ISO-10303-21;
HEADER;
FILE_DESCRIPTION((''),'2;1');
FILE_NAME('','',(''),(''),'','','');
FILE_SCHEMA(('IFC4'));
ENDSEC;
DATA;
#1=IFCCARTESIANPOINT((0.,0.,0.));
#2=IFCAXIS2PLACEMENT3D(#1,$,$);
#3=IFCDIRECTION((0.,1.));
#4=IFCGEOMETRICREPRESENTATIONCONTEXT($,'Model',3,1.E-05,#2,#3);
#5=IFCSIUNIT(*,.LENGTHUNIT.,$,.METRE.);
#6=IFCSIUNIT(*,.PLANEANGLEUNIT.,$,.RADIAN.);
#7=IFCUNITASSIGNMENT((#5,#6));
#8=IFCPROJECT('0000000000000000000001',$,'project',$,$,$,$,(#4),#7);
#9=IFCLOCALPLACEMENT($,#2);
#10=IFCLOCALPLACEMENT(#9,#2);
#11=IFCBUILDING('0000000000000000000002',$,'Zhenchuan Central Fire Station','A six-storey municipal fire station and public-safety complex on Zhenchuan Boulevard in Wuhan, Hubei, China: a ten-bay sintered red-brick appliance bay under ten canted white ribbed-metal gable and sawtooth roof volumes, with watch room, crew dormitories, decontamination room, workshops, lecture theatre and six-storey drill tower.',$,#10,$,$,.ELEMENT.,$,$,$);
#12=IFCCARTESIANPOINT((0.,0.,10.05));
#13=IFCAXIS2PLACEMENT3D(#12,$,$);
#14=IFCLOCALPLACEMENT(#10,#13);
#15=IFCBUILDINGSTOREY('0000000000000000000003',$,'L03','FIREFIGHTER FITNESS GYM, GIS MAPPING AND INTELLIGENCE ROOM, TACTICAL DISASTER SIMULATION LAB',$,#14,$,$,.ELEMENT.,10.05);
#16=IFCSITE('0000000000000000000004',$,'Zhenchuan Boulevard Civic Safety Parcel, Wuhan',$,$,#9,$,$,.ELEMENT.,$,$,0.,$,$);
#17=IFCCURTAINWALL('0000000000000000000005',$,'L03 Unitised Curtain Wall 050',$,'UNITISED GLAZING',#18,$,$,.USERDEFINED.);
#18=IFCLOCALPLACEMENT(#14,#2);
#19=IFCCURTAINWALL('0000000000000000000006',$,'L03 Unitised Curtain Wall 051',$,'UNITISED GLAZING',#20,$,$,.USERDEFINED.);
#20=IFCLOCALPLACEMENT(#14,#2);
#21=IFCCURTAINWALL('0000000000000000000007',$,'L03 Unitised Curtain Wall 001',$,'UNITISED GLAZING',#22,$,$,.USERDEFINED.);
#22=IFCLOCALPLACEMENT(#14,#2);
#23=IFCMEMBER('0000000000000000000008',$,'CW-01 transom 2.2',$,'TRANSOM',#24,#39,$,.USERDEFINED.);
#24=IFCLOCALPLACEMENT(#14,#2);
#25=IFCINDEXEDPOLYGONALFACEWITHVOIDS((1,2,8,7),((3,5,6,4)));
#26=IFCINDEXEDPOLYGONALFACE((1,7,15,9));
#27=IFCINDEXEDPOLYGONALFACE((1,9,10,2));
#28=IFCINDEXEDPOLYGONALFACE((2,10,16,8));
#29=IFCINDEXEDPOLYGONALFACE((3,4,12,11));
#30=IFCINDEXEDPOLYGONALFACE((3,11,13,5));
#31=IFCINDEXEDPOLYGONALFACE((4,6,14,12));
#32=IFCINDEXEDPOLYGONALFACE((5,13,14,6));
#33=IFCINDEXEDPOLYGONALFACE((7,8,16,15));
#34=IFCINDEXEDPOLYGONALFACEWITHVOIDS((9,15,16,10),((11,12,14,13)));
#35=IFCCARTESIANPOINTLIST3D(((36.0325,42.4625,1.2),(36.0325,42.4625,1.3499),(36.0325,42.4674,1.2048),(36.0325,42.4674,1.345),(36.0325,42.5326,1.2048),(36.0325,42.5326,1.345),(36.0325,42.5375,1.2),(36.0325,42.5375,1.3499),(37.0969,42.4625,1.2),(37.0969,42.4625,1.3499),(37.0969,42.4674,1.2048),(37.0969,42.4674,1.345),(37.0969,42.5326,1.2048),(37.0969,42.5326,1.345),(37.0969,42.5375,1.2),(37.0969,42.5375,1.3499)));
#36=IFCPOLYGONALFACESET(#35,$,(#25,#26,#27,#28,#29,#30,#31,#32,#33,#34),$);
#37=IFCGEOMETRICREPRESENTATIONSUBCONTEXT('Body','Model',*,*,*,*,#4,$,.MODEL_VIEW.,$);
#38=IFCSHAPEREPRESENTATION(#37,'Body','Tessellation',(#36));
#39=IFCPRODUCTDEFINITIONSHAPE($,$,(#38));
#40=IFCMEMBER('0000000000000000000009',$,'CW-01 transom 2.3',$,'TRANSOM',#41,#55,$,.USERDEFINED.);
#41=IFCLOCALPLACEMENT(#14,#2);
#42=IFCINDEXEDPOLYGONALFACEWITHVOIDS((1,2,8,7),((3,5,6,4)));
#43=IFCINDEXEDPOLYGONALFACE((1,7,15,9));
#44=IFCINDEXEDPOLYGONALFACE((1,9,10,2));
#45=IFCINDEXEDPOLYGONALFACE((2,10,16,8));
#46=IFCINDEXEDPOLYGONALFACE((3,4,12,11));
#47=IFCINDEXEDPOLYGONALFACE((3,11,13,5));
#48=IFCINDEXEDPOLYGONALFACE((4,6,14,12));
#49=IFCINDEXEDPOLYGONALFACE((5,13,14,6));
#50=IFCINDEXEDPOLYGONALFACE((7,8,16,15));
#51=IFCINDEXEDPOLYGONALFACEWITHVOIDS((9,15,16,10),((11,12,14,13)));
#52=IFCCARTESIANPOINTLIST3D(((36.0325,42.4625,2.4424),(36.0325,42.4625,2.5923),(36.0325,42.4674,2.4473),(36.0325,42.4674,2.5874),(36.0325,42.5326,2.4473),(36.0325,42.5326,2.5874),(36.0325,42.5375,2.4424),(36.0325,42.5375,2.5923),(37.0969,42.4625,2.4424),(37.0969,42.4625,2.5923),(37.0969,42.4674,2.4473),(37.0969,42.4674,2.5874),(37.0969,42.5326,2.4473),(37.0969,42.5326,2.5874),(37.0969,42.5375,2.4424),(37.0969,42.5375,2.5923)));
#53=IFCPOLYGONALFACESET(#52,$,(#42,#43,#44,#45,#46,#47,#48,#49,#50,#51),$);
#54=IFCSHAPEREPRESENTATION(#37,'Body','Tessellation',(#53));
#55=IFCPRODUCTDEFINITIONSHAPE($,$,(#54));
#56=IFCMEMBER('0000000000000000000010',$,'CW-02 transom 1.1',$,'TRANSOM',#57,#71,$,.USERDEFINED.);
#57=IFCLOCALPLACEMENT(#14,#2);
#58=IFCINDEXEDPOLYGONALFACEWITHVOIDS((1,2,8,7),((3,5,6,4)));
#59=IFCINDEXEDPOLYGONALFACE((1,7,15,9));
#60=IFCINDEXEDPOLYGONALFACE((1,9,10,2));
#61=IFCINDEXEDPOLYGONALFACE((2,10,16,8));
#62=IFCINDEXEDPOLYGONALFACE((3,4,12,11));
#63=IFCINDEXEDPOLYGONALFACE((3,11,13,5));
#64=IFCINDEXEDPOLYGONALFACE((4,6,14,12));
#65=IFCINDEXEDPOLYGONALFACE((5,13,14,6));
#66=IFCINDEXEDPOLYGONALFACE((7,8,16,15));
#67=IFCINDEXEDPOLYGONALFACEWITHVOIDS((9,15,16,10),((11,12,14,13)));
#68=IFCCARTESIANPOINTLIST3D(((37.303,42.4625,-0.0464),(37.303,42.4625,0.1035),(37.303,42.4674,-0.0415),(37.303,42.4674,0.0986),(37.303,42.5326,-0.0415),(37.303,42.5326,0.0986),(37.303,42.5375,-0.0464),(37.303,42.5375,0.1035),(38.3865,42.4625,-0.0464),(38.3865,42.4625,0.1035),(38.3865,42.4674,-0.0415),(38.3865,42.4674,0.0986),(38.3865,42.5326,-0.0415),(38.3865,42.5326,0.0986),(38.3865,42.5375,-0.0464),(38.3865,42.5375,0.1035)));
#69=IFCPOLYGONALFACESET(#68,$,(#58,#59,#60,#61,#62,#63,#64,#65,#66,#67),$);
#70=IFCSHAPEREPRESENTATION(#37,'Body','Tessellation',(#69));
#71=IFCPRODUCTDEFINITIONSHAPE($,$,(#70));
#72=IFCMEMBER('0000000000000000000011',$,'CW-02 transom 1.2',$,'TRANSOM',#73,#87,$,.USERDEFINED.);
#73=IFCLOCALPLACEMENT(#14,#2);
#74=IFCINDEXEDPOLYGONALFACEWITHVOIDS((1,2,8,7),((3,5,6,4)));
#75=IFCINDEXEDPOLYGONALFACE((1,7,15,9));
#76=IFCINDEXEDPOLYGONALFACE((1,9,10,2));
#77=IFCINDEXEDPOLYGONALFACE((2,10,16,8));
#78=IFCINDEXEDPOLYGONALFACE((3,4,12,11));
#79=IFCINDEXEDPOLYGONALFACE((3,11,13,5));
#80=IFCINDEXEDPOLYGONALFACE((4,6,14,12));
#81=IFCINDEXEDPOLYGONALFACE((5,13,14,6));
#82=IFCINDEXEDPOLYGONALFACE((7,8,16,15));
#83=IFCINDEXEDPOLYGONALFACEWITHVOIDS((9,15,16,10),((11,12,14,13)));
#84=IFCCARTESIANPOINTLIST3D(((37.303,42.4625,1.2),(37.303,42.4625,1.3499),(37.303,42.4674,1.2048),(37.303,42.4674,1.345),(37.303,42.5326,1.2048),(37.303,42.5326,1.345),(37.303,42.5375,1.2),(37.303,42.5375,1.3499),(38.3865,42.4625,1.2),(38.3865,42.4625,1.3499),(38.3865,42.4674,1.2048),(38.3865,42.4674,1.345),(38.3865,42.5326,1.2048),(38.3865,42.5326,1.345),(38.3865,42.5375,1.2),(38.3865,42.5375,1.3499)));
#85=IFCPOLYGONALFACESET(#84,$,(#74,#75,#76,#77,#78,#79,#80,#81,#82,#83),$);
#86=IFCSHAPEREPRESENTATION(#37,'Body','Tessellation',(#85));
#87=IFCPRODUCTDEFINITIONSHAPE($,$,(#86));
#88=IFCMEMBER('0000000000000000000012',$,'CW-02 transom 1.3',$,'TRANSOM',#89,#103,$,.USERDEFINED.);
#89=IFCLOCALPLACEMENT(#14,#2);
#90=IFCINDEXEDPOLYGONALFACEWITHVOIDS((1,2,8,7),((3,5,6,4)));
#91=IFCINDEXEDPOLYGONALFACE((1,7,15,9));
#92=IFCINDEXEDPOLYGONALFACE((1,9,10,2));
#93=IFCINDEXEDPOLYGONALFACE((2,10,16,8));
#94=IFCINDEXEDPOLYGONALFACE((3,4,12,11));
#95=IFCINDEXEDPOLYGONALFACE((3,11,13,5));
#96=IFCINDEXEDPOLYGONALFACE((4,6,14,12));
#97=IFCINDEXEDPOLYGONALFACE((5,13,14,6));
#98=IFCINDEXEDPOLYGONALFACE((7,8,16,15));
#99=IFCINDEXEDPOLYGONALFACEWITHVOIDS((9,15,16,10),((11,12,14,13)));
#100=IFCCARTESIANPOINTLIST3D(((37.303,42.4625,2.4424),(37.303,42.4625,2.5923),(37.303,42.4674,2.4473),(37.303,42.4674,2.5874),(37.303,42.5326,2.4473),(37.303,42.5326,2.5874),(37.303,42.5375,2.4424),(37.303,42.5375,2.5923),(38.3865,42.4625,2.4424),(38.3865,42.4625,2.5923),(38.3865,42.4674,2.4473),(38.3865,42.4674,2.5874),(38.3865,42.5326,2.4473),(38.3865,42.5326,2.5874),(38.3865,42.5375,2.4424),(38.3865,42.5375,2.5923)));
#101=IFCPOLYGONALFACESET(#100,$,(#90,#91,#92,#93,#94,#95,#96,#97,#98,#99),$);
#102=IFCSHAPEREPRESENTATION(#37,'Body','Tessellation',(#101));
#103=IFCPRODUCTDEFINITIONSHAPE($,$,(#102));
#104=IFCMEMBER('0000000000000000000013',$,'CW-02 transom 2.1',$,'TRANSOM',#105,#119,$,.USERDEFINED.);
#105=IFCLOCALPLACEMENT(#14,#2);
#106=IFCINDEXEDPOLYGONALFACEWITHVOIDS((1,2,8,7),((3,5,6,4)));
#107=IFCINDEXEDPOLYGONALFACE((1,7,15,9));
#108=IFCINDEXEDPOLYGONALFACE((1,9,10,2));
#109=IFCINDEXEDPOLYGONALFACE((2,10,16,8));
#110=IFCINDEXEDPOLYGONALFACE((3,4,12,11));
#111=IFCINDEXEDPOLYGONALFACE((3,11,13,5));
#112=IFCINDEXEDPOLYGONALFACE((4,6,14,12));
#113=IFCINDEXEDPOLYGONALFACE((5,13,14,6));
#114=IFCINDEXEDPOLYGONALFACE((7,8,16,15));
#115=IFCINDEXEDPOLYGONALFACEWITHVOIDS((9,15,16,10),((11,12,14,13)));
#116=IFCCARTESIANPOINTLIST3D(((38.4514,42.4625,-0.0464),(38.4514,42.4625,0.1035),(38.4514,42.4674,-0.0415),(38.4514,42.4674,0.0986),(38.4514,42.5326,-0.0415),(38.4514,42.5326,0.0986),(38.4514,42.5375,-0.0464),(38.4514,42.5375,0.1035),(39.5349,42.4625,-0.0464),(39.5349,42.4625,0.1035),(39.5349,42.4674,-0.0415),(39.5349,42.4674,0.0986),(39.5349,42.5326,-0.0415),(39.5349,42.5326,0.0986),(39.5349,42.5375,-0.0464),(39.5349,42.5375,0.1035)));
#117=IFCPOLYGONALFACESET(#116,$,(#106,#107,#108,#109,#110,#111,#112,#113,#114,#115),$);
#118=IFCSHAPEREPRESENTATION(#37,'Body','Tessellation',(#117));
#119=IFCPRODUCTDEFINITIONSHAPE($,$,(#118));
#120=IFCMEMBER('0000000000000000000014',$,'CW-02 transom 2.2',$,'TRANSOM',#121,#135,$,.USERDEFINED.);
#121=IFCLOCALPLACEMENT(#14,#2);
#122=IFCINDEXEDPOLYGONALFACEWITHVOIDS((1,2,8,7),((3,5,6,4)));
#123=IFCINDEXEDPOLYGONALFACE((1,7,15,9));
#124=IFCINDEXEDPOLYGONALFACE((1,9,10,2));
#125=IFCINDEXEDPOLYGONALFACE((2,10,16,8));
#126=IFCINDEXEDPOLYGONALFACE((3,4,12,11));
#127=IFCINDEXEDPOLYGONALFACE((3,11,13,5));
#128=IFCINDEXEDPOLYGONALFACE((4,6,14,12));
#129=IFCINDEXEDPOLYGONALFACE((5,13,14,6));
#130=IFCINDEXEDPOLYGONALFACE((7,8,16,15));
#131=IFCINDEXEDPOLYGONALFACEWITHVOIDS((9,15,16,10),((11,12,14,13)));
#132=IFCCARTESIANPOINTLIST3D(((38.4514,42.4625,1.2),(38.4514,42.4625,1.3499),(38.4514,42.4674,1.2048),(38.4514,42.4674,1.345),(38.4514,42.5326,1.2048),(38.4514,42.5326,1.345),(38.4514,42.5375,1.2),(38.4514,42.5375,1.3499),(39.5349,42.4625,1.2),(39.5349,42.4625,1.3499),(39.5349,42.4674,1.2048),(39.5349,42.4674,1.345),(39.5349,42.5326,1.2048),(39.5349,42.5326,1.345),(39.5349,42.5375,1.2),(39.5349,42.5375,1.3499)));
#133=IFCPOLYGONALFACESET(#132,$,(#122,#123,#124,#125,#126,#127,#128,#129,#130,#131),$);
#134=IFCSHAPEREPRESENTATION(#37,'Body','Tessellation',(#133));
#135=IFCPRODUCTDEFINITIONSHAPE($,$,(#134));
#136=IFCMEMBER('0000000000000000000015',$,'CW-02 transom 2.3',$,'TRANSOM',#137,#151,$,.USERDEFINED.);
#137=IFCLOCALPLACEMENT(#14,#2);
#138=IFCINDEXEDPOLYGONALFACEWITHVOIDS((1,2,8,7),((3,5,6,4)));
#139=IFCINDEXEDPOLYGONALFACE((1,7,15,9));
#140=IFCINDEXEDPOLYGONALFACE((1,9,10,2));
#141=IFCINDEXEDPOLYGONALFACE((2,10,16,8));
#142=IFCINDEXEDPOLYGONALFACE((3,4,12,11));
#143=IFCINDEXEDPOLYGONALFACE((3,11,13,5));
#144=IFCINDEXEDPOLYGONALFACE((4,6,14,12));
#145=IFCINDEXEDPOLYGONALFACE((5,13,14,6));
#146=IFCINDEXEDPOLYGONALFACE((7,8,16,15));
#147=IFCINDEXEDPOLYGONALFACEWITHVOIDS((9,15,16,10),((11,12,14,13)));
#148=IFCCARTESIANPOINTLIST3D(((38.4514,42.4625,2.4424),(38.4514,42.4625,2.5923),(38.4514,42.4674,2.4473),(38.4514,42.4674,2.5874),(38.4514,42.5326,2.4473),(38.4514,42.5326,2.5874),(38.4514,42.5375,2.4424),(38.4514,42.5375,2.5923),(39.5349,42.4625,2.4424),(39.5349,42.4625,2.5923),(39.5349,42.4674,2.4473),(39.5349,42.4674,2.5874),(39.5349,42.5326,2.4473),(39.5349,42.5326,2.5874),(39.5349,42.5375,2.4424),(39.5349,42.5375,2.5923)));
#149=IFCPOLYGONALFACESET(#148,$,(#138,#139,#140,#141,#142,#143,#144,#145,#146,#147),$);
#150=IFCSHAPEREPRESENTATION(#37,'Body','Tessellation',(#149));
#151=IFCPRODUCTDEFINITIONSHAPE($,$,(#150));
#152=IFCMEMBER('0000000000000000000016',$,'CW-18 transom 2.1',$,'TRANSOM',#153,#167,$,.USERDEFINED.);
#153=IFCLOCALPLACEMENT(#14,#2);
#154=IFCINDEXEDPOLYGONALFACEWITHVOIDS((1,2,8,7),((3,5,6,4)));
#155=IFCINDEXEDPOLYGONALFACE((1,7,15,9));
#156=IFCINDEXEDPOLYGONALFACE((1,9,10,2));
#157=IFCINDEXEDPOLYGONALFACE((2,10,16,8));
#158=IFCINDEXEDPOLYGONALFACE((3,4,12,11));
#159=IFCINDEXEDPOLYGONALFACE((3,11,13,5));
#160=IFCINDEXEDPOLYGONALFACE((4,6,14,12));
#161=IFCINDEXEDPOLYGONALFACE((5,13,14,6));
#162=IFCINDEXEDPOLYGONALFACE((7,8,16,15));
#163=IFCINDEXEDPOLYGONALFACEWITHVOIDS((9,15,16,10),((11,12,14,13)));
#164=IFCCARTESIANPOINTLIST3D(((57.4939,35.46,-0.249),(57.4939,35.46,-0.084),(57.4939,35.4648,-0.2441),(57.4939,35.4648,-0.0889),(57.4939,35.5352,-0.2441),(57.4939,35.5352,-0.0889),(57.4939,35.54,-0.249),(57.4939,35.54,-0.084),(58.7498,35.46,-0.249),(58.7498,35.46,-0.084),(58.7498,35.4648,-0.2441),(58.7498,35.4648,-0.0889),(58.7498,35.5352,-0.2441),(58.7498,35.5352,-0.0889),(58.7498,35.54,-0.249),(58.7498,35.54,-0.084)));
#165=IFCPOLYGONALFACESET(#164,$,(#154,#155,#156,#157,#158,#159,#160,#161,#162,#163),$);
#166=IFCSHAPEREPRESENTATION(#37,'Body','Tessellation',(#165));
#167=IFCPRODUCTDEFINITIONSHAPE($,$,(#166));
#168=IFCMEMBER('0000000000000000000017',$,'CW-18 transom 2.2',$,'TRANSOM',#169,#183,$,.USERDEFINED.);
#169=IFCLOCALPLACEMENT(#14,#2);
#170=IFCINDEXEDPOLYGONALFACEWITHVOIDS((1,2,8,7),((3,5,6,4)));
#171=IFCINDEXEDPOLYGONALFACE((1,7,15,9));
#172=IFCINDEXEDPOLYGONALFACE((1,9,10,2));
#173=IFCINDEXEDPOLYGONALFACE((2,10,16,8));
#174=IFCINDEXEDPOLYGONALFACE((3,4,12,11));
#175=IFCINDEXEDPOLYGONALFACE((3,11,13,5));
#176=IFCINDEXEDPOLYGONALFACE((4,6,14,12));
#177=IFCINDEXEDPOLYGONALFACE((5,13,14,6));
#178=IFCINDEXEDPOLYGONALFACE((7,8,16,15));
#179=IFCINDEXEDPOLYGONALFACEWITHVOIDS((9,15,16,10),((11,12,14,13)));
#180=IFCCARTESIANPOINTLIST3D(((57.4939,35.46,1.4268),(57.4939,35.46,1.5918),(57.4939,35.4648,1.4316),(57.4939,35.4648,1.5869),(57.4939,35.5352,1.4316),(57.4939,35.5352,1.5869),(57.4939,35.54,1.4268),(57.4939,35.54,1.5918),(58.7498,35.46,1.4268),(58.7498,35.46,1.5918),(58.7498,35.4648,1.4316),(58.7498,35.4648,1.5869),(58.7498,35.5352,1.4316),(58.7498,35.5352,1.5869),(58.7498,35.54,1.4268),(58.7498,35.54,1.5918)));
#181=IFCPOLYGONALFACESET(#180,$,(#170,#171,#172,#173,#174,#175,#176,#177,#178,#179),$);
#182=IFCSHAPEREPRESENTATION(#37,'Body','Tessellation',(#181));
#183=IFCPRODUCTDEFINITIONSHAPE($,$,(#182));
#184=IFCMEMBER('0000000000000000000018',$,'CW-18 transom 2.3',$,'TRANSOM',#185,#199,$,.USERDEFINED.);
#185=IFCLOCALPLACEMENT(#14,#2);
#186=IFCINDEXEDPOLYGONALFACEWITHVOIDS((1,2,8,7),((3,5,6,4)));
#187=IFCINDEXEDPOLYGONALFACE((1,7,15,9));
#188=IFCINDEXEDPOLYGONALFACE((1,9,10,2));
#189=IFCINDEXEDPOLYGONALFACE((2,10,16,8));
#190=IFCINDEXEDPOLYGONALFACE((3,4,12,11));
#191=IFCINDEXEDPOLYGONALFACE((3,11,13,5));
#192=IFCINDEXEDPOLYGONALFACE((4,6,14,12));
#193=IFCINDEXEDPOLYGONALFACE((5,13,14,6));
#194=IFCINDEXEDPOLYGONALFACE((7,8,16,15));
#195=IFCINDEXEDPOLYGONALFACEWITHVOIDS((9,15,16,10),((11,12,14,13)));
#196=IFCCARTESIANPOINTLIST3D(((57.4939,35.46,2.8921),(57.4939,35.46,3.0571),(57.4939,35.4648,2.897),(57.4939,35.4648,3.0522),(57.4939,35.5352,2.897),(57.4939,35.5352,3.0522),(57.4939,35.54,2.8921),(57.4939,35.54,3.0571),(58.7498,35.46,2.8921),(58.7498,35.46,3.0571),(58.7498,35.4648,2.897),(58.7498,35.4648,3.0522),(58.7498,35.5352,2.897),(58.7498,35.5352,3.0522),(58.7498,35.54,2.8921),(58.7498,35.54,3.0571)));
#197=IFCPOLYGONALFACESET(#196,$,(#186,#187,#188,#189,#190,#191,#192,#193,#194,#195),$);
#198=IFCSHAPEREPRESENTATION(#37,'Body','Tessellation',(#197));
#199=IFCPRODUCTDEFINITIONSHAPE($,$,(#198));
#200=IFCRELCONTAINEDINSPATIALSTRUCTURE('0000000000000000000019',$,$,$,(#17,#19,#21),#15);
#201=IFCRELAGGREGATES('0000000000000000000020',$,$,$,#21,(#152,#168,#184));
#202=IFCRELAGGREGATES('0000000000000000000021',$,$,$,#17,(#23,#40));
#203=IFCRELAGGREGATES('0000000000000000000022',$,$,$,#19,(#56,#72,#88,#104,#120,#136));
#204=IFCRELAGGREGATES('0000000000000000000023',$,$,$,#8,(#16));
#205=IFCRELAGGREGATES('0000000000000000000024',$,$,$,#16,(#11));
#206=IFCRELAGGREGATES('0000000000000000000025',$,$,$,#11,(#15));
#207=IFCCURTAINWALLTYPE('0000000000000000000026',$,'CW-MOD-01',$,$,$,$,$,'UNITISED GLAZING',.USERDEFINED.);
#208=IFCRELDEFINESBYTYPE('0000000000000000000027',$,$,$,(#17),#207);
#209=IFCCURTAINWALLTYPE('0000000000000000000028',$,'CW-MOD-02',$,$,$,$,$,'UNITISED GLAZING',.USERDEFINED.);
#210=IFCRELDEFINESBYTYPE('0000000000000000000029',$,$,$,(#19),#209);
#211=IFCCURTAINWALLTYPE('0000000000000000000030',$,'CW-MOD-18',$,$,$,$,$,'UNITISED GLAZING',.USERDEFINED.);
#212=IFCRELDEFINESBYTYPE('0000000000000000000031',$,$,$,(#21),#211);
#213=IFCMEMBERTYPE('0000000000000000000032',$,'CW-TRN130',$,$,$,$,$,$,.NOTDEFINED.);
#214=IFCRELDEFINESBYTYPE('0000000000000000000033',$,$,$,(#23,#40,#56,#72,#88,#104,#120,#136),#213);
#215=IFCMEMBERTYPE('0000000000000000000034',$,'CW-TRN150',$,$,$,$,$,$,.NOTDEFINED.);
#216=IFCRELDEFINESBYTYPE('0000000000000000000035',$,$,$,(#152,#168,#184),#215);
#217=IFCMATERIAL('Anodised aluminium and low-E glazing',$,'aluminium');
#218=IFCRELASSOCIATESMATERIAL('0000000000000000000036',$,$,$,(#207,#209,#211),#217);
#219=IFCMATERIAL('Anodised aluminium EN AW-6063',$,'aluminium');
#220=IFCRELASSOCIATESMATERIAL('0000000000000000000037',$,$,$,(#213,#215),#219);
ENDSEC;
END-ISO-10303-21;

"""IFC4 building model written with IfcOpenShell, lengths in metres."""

from ifc_helpers import new_model, si_unit, direction, frame, origin, origin_2d, place, context, subcontext, project, spatial, hollow_rectangle, extrude, material, material_profile, profile_set, type_object, element, aggregate, save


model = new_model("IFC4")

# Units and contexts
model_context = context("Model", 3, precision=1e-05, world=origin(), true_north=direction((0.0, 1.0)))
body_context = subcontext(model_context, "Body", "Model", "MODEL_VIEW")
ifc_project = project(units=[si_unit("LENGTHUNIT", "METRE"), si_unit("PLANEANGLEUNIT", "RADIAN")], contexts=[model_context])

# Site, building, storey
site_placement = place(None, origin())
site = spatial("IfcSite", under=ifc_project, at=site_placement, Name="Zhenchuan Boulevard Civic Safety Parcel, Wuhan", CompositionType="ELEMENT", RefElevation=0.0)
building_placement = place(site_placement, origin())
building = spatial("IfcBuilding", under=site, at=building_placement, Name="Zhenchuan Central Fire Station", Description="A six-storey municipal fire station and public-safety complex on Zhenchuan Boulevard in Wuhan, Hubei, China: a ten-bay sintered red-brick appliance bay under ten canted white ribbed-metal gable and sawtooth roof volumes, with watch room, crew dormitories, decontamination room, workshops, lecture theatre and six-storey drill tower.", CompositionType="ELEMENT")
storey_placement = place(building_placement, frame((0.0, 0.0, 10.05)))
storey = spatial("IfcBuildingStorey", under=building, at=storey_placement, Name="L03", Description="FIREFIGHTER FITNESS GYM, GIS MAPPING AND INTELLIGENCE ROOM, TACTICAL DISASTER SIMULATION LAB", CompositionType="ELEMENT", Elevation=10.05)

# Curtain walls
ifc_material_1 = material(Name="Anodised aluminium and low-E glazing", Category="aluminium")
curtain_wall_type_1 = type_object("IfcCurtainWallType", Name="CW-MOD-01", ElementType="UNITISED GLAZING", PredefinedType="USERDEFINED", material=ifc_material_1)
curtain_wall_1_placement = place(storey_placement, origin())
curtain_wall_1 = element("IfcCurtainWall", 1, at=curtain_wall_1_placement, inside=storey, type_object=curtain_wall_type_1, Name="L03 Unitised Curtain Wall 050", ObjectType="UNITISED GLAZING", PredefinedType="USERDEFINED")
ifc_material_2 = material(Name="Anodised aluminium EN AW-6063", Category="aluminium")
curtain_wall_type_2 = type_object("IfcCurtainWallType", Name="CW-MOD-02", ElementType="UNITISED GLAZING", PredefinedType="USERDEFINED", material=ifc_material_1)
curtain_wall_2_placement = place(storey_placement, origin())
curtain_wall_2 = element("IfcCurtainWall", 2, at=curtain_wall_2_placement, inside=storey, type_object=curtain_wall_type_2, Name="L03 Unitised Curtain Wall 051", ObjectType="UNITISED GLAZING", PredefinedType="USERDEFINED")

# Curtain wall
curtain_wall_type_3 = type_object("IfcCurtainWallType", Name="CW-MOD-18", ElementType="UNITISED GLAZING", PredefinedType="USERDEFINED", material=ifc_material_1)
curtain_wall_3_placement = place(storey_placement, origin())
curtain_wall_3 = element("IfcCurtainWall", 3, at=curtain_wall_3_placement, inside=storey, type_object=curtain_wall_type_3, Name="L03 Unitised Curtain Wall 001", ObjectType="UNITISED GLAZING", PredefinedType="USERDEFINED")

# Members
ifc_material_profile_1 = material_profile(ifc_material_2, hollow_rectangle(XDim=0.075, YDim=0.1499, WallThickness=0.0049, at=origin_2d()), Name="ALU-T 150x75")
ifc_profile_set_1 = profile_set([ifc_material_profile_1], Name="Anodised aluminium EN AW-6063")
member_type_1 = type_object("IfcMemberType", Name="CW-TRN130", PredefinedType="NOTDEFINED", material=ifc_profile_set_1)
member_1_placement = place(storey_placement, frame((36.0325, 42.5, 1.2749), z_axis=(1.0, 0.0, 0.0), x_axis=(0.0, 1.0, 0.0)))
member_1 = element("IfcMember", 4, at=member_1_placement, type_object=member_type_1, Name="CW-01 transom 2.2", ObjectType="TRANSOM", PredefinedType="USERDEFINED", context=body_context, shape_type="SweptSolid", body=[
    extrude(hollow_rectangle(XDim=0.075, YDim=0.1499, WallThickness=0.0049, at=origin_2d()), origin(), (0.0, 0.0, 1.0), 1.0645),
])
member_2_placement = place(storey_placement, frame((36.0325, 42.5, 2.5173), z_axis=(1.0, 0.0, 0.0), x_axis=(0.0, 1.0, 0.0)))
member_2 = element("IfcMember", 5, at=member_2_placement, type_object=member_type_1, Name="CW-01 transom 2.3", ObjectType="TRANSOM", PredefinedType="USERDEFINED", context=body_context, shape_type="SweptSolid", body=[
    extrude(hollow_rectangle(XDim=0.075, YDim=0.1499, WallThickness=0.0049, at=origin_2d()), origin(), (0.0, 0.0, 1.0), 1.0645),
])
member_3_placement = place(storey_placement, frame((37.303, 42.5, 0.0286), z_axis=(1.0, 0.0, 0.0), x_axis=(0.0, 1.0, 0.0)))
member_3 = element("IfcMember", 6, at=member_3_placement, type_object=member_type_1, Name="CW-02 transom 1.1", ObjectType="TRANSOM", PredefinedType="USERDEFINED", context=body_context, shape_type="SweptSolid", body=[
    extrude(hollow_rectangle(XDim=0.075, YDim=0.1499, WallThickness=0.0049, at=origin_2d()), origin(), (0.0, 0.0, 1.0), 1.0835),
])
member_4_placement = place(storey_placement, frame((37.303, 42.5, 1.2749), z_axis=(1.0, 0.0, 0.0), x_axis=(0.0, 1.0, 0.0)))
member_4 = element("IfcMember", 7, at=member_4_placement, type_object=member_type_1, Name="CW-02 transom 1.2", ObjectType="TRANSOM", PredefinedType="USERDEFINED", context=body_context, shape_type="SweptSolid", body=[
    extrude(hollow_rectangle(XDim=0.075, YDim=0.1499, WallThickness=0.0049, at=origin_2d()), origin(), (0.0, 0.0, 1.0), 1.0835),
])
member_5_placement = place(storey_placement, frame((37.303, 42.5, 2.5173), z_axis=(1.0, 0.0, 0.0), x_axis=(0.0, 1.0, 0.0)))
member_5 = element("IfcMember", 8, at=member_5_placement, type_object=member_type_1, Name="CW-02 transom 1.3", ObjectType="TRANSOM", PredefinedType="USERDEFINED", context=body_context, shape_type="SweptSolid", body=[
    extrude(hollow_rectangle(XDim=0.075, YDim=0.1499, WallThickness=0.0049, at=origin_2d()), origin(), (0.0, 0.0, 1.0), 1.0835),
])
member_6_placement = place(storey_placement, frame((38.4514, 42.5, 0.0286), z_axis=(1.0, 0.0, 0.0), x_axis=(0.0, 1.0, 0.0)))
member_6 = element("IfcMember", 9, at=member_6_placement, type_object=member_type_1, Name="CW-02 transom 2.1", ObjectType="TRANSOM", PredefinedType="USERDEFINED", context=body_context, shape_type="SweptSolid", body=[
    extrude(hollow_rectangle(XDim=0.075, YDim=0.1499, WallThickness=0.0049, at=origin_2d()), origin(), (0.0, 0.0, 1.0), 1.0835),
])
member_7_placement = place(storey_placement, frame((38.4514, 42.5, 1.2749), z_axis=(1.0, 0.0, 0.0), x_axis=(0.0, 1.0, 0.0)))
member_7 = element("IfcMember", 10, at=member_7_placement, type_object=member_type_1, Name="CW-02 transom 2.2", ObjectType="TRANSOM", PredefinedType="USERDEFINED", context=body_context, shape_type="SweptSolid", body=[
    extrude(hollow_rectangle(XDim=0.075, YDim=0.1499, WallThickness=0.0049, at=origin_2d()), origin(), (0.0, 0.0, 1.0), 1.0835),
])
member_8_placement = place(storey_placement, frame((38.4514, 42.5, 2.5173), z_axis=(1.0, 0.0, 0.0), x_axis=(0.0, 1.0, 0.0)))
member_8 = element("IfcMember", 11, at=member_8_placement, type_object=member_type_1, Name="CW-02 transom 2.3", ObjectType="TRANSOM", PredefinedType="USERDEFINED", context=body_context, shape_type="SweptSolid", body=[
    extrude(hollow_rectangle(XDim=0.075, YDim=0.1499, WallThickness=0.0049, at=origin_2d()), origin(), (0.0, 0.0, 1.0), 1.0835),
])
ifc_material_profile_2 = material_profile(ifc_material_2, hollow_rectangle(XDim=0.0801, YDim=0.165, WallThickness=0.0049, at=origin_2d()), Name="ALU-T 165x80")
ifc_profile_set_2 = profile_set([ifc_material_profile_2], Name="Anodised aluminium EN AW-6063")
member_type_2 = type_object("IfcMemberType", Name="CW-TRN150", PredefinedType="NOTDEFINED", material=ifc_profile_set_2)
member_9_placement = place(storey_placement, frame((57.4939, 35.5, -0.1665), z_axis=(1.0, 0.0, 0.0), x_axis=(0.0, 1.0, 0.0)))
member_9 = element("IfcMember", 12, at=member_9_placement, type_object=member_type_2, Name="CW-18 transom 2.1", ObjectType="TRANSOM", PredefinedType="USERDEFINED", context=body_context, shape_type="SweptSolid", body=[
    extrude(hollow_rectangle(XDim=0.0801, YDim=0.165, WallThickness=0.0049, at=origin_2d()), origin(), (0.0, 0.0, 1.0), 1.2559),
])
member_10_placement = place(storey_placement, frame((57.4939, 35.5, 1.5093), z_axis=(1.0, 0.0, 0.0), x_axis=(0.0, 1.0, 0.0)))
member_10 = element("IfcMember", 13, at=member_10_placement, type_object=member_type_2, Name="CW-18 transom 2.2", ObjectType="TRANSOM", PredefinedType="USERDEFINED", context=body_context, shape_type="SweptSolid", body=[
    extrude(hollow_rectangle(XDim=0.0801, YDim=0.165, WallThickness=0.0049, at=origin_2d()), origin(), (0.0, 0.0, 1.0), 1.2559),
])
member_11_placement = place(storey_placement, frame((57.4939, 35.5, 2.9746), z_axis=(1.0, 0.0, 0.0), x_axis=(0.0, 1.0, 0.0)))
member_11 = element("IfcMember", 14, at=member_11_placement, type_object=member_type_2, Name="CW-18 transom 2.3", ObjectType="TRANSOM", PredefinedType="USERDEFINED", context=body_context, shape_type="SweptSolid", body=[
    extrude(hollow_rectangle(XDim=0.0801, YDim=0.165, WallThickness=0.0049, at=origin_2d()), origin(), (0.0, 0.0, 1.0), 1.2559),
])

aggregate(curtain_wall_3, [member_9, member_10, member_11])
aggregate(curtain_wall_1, [member_1, member_2])
aggregate(curtain_wall_2, [member_3, member_4, member_5, member_6, member_7, member_8])

save(model, "model.ifc")
